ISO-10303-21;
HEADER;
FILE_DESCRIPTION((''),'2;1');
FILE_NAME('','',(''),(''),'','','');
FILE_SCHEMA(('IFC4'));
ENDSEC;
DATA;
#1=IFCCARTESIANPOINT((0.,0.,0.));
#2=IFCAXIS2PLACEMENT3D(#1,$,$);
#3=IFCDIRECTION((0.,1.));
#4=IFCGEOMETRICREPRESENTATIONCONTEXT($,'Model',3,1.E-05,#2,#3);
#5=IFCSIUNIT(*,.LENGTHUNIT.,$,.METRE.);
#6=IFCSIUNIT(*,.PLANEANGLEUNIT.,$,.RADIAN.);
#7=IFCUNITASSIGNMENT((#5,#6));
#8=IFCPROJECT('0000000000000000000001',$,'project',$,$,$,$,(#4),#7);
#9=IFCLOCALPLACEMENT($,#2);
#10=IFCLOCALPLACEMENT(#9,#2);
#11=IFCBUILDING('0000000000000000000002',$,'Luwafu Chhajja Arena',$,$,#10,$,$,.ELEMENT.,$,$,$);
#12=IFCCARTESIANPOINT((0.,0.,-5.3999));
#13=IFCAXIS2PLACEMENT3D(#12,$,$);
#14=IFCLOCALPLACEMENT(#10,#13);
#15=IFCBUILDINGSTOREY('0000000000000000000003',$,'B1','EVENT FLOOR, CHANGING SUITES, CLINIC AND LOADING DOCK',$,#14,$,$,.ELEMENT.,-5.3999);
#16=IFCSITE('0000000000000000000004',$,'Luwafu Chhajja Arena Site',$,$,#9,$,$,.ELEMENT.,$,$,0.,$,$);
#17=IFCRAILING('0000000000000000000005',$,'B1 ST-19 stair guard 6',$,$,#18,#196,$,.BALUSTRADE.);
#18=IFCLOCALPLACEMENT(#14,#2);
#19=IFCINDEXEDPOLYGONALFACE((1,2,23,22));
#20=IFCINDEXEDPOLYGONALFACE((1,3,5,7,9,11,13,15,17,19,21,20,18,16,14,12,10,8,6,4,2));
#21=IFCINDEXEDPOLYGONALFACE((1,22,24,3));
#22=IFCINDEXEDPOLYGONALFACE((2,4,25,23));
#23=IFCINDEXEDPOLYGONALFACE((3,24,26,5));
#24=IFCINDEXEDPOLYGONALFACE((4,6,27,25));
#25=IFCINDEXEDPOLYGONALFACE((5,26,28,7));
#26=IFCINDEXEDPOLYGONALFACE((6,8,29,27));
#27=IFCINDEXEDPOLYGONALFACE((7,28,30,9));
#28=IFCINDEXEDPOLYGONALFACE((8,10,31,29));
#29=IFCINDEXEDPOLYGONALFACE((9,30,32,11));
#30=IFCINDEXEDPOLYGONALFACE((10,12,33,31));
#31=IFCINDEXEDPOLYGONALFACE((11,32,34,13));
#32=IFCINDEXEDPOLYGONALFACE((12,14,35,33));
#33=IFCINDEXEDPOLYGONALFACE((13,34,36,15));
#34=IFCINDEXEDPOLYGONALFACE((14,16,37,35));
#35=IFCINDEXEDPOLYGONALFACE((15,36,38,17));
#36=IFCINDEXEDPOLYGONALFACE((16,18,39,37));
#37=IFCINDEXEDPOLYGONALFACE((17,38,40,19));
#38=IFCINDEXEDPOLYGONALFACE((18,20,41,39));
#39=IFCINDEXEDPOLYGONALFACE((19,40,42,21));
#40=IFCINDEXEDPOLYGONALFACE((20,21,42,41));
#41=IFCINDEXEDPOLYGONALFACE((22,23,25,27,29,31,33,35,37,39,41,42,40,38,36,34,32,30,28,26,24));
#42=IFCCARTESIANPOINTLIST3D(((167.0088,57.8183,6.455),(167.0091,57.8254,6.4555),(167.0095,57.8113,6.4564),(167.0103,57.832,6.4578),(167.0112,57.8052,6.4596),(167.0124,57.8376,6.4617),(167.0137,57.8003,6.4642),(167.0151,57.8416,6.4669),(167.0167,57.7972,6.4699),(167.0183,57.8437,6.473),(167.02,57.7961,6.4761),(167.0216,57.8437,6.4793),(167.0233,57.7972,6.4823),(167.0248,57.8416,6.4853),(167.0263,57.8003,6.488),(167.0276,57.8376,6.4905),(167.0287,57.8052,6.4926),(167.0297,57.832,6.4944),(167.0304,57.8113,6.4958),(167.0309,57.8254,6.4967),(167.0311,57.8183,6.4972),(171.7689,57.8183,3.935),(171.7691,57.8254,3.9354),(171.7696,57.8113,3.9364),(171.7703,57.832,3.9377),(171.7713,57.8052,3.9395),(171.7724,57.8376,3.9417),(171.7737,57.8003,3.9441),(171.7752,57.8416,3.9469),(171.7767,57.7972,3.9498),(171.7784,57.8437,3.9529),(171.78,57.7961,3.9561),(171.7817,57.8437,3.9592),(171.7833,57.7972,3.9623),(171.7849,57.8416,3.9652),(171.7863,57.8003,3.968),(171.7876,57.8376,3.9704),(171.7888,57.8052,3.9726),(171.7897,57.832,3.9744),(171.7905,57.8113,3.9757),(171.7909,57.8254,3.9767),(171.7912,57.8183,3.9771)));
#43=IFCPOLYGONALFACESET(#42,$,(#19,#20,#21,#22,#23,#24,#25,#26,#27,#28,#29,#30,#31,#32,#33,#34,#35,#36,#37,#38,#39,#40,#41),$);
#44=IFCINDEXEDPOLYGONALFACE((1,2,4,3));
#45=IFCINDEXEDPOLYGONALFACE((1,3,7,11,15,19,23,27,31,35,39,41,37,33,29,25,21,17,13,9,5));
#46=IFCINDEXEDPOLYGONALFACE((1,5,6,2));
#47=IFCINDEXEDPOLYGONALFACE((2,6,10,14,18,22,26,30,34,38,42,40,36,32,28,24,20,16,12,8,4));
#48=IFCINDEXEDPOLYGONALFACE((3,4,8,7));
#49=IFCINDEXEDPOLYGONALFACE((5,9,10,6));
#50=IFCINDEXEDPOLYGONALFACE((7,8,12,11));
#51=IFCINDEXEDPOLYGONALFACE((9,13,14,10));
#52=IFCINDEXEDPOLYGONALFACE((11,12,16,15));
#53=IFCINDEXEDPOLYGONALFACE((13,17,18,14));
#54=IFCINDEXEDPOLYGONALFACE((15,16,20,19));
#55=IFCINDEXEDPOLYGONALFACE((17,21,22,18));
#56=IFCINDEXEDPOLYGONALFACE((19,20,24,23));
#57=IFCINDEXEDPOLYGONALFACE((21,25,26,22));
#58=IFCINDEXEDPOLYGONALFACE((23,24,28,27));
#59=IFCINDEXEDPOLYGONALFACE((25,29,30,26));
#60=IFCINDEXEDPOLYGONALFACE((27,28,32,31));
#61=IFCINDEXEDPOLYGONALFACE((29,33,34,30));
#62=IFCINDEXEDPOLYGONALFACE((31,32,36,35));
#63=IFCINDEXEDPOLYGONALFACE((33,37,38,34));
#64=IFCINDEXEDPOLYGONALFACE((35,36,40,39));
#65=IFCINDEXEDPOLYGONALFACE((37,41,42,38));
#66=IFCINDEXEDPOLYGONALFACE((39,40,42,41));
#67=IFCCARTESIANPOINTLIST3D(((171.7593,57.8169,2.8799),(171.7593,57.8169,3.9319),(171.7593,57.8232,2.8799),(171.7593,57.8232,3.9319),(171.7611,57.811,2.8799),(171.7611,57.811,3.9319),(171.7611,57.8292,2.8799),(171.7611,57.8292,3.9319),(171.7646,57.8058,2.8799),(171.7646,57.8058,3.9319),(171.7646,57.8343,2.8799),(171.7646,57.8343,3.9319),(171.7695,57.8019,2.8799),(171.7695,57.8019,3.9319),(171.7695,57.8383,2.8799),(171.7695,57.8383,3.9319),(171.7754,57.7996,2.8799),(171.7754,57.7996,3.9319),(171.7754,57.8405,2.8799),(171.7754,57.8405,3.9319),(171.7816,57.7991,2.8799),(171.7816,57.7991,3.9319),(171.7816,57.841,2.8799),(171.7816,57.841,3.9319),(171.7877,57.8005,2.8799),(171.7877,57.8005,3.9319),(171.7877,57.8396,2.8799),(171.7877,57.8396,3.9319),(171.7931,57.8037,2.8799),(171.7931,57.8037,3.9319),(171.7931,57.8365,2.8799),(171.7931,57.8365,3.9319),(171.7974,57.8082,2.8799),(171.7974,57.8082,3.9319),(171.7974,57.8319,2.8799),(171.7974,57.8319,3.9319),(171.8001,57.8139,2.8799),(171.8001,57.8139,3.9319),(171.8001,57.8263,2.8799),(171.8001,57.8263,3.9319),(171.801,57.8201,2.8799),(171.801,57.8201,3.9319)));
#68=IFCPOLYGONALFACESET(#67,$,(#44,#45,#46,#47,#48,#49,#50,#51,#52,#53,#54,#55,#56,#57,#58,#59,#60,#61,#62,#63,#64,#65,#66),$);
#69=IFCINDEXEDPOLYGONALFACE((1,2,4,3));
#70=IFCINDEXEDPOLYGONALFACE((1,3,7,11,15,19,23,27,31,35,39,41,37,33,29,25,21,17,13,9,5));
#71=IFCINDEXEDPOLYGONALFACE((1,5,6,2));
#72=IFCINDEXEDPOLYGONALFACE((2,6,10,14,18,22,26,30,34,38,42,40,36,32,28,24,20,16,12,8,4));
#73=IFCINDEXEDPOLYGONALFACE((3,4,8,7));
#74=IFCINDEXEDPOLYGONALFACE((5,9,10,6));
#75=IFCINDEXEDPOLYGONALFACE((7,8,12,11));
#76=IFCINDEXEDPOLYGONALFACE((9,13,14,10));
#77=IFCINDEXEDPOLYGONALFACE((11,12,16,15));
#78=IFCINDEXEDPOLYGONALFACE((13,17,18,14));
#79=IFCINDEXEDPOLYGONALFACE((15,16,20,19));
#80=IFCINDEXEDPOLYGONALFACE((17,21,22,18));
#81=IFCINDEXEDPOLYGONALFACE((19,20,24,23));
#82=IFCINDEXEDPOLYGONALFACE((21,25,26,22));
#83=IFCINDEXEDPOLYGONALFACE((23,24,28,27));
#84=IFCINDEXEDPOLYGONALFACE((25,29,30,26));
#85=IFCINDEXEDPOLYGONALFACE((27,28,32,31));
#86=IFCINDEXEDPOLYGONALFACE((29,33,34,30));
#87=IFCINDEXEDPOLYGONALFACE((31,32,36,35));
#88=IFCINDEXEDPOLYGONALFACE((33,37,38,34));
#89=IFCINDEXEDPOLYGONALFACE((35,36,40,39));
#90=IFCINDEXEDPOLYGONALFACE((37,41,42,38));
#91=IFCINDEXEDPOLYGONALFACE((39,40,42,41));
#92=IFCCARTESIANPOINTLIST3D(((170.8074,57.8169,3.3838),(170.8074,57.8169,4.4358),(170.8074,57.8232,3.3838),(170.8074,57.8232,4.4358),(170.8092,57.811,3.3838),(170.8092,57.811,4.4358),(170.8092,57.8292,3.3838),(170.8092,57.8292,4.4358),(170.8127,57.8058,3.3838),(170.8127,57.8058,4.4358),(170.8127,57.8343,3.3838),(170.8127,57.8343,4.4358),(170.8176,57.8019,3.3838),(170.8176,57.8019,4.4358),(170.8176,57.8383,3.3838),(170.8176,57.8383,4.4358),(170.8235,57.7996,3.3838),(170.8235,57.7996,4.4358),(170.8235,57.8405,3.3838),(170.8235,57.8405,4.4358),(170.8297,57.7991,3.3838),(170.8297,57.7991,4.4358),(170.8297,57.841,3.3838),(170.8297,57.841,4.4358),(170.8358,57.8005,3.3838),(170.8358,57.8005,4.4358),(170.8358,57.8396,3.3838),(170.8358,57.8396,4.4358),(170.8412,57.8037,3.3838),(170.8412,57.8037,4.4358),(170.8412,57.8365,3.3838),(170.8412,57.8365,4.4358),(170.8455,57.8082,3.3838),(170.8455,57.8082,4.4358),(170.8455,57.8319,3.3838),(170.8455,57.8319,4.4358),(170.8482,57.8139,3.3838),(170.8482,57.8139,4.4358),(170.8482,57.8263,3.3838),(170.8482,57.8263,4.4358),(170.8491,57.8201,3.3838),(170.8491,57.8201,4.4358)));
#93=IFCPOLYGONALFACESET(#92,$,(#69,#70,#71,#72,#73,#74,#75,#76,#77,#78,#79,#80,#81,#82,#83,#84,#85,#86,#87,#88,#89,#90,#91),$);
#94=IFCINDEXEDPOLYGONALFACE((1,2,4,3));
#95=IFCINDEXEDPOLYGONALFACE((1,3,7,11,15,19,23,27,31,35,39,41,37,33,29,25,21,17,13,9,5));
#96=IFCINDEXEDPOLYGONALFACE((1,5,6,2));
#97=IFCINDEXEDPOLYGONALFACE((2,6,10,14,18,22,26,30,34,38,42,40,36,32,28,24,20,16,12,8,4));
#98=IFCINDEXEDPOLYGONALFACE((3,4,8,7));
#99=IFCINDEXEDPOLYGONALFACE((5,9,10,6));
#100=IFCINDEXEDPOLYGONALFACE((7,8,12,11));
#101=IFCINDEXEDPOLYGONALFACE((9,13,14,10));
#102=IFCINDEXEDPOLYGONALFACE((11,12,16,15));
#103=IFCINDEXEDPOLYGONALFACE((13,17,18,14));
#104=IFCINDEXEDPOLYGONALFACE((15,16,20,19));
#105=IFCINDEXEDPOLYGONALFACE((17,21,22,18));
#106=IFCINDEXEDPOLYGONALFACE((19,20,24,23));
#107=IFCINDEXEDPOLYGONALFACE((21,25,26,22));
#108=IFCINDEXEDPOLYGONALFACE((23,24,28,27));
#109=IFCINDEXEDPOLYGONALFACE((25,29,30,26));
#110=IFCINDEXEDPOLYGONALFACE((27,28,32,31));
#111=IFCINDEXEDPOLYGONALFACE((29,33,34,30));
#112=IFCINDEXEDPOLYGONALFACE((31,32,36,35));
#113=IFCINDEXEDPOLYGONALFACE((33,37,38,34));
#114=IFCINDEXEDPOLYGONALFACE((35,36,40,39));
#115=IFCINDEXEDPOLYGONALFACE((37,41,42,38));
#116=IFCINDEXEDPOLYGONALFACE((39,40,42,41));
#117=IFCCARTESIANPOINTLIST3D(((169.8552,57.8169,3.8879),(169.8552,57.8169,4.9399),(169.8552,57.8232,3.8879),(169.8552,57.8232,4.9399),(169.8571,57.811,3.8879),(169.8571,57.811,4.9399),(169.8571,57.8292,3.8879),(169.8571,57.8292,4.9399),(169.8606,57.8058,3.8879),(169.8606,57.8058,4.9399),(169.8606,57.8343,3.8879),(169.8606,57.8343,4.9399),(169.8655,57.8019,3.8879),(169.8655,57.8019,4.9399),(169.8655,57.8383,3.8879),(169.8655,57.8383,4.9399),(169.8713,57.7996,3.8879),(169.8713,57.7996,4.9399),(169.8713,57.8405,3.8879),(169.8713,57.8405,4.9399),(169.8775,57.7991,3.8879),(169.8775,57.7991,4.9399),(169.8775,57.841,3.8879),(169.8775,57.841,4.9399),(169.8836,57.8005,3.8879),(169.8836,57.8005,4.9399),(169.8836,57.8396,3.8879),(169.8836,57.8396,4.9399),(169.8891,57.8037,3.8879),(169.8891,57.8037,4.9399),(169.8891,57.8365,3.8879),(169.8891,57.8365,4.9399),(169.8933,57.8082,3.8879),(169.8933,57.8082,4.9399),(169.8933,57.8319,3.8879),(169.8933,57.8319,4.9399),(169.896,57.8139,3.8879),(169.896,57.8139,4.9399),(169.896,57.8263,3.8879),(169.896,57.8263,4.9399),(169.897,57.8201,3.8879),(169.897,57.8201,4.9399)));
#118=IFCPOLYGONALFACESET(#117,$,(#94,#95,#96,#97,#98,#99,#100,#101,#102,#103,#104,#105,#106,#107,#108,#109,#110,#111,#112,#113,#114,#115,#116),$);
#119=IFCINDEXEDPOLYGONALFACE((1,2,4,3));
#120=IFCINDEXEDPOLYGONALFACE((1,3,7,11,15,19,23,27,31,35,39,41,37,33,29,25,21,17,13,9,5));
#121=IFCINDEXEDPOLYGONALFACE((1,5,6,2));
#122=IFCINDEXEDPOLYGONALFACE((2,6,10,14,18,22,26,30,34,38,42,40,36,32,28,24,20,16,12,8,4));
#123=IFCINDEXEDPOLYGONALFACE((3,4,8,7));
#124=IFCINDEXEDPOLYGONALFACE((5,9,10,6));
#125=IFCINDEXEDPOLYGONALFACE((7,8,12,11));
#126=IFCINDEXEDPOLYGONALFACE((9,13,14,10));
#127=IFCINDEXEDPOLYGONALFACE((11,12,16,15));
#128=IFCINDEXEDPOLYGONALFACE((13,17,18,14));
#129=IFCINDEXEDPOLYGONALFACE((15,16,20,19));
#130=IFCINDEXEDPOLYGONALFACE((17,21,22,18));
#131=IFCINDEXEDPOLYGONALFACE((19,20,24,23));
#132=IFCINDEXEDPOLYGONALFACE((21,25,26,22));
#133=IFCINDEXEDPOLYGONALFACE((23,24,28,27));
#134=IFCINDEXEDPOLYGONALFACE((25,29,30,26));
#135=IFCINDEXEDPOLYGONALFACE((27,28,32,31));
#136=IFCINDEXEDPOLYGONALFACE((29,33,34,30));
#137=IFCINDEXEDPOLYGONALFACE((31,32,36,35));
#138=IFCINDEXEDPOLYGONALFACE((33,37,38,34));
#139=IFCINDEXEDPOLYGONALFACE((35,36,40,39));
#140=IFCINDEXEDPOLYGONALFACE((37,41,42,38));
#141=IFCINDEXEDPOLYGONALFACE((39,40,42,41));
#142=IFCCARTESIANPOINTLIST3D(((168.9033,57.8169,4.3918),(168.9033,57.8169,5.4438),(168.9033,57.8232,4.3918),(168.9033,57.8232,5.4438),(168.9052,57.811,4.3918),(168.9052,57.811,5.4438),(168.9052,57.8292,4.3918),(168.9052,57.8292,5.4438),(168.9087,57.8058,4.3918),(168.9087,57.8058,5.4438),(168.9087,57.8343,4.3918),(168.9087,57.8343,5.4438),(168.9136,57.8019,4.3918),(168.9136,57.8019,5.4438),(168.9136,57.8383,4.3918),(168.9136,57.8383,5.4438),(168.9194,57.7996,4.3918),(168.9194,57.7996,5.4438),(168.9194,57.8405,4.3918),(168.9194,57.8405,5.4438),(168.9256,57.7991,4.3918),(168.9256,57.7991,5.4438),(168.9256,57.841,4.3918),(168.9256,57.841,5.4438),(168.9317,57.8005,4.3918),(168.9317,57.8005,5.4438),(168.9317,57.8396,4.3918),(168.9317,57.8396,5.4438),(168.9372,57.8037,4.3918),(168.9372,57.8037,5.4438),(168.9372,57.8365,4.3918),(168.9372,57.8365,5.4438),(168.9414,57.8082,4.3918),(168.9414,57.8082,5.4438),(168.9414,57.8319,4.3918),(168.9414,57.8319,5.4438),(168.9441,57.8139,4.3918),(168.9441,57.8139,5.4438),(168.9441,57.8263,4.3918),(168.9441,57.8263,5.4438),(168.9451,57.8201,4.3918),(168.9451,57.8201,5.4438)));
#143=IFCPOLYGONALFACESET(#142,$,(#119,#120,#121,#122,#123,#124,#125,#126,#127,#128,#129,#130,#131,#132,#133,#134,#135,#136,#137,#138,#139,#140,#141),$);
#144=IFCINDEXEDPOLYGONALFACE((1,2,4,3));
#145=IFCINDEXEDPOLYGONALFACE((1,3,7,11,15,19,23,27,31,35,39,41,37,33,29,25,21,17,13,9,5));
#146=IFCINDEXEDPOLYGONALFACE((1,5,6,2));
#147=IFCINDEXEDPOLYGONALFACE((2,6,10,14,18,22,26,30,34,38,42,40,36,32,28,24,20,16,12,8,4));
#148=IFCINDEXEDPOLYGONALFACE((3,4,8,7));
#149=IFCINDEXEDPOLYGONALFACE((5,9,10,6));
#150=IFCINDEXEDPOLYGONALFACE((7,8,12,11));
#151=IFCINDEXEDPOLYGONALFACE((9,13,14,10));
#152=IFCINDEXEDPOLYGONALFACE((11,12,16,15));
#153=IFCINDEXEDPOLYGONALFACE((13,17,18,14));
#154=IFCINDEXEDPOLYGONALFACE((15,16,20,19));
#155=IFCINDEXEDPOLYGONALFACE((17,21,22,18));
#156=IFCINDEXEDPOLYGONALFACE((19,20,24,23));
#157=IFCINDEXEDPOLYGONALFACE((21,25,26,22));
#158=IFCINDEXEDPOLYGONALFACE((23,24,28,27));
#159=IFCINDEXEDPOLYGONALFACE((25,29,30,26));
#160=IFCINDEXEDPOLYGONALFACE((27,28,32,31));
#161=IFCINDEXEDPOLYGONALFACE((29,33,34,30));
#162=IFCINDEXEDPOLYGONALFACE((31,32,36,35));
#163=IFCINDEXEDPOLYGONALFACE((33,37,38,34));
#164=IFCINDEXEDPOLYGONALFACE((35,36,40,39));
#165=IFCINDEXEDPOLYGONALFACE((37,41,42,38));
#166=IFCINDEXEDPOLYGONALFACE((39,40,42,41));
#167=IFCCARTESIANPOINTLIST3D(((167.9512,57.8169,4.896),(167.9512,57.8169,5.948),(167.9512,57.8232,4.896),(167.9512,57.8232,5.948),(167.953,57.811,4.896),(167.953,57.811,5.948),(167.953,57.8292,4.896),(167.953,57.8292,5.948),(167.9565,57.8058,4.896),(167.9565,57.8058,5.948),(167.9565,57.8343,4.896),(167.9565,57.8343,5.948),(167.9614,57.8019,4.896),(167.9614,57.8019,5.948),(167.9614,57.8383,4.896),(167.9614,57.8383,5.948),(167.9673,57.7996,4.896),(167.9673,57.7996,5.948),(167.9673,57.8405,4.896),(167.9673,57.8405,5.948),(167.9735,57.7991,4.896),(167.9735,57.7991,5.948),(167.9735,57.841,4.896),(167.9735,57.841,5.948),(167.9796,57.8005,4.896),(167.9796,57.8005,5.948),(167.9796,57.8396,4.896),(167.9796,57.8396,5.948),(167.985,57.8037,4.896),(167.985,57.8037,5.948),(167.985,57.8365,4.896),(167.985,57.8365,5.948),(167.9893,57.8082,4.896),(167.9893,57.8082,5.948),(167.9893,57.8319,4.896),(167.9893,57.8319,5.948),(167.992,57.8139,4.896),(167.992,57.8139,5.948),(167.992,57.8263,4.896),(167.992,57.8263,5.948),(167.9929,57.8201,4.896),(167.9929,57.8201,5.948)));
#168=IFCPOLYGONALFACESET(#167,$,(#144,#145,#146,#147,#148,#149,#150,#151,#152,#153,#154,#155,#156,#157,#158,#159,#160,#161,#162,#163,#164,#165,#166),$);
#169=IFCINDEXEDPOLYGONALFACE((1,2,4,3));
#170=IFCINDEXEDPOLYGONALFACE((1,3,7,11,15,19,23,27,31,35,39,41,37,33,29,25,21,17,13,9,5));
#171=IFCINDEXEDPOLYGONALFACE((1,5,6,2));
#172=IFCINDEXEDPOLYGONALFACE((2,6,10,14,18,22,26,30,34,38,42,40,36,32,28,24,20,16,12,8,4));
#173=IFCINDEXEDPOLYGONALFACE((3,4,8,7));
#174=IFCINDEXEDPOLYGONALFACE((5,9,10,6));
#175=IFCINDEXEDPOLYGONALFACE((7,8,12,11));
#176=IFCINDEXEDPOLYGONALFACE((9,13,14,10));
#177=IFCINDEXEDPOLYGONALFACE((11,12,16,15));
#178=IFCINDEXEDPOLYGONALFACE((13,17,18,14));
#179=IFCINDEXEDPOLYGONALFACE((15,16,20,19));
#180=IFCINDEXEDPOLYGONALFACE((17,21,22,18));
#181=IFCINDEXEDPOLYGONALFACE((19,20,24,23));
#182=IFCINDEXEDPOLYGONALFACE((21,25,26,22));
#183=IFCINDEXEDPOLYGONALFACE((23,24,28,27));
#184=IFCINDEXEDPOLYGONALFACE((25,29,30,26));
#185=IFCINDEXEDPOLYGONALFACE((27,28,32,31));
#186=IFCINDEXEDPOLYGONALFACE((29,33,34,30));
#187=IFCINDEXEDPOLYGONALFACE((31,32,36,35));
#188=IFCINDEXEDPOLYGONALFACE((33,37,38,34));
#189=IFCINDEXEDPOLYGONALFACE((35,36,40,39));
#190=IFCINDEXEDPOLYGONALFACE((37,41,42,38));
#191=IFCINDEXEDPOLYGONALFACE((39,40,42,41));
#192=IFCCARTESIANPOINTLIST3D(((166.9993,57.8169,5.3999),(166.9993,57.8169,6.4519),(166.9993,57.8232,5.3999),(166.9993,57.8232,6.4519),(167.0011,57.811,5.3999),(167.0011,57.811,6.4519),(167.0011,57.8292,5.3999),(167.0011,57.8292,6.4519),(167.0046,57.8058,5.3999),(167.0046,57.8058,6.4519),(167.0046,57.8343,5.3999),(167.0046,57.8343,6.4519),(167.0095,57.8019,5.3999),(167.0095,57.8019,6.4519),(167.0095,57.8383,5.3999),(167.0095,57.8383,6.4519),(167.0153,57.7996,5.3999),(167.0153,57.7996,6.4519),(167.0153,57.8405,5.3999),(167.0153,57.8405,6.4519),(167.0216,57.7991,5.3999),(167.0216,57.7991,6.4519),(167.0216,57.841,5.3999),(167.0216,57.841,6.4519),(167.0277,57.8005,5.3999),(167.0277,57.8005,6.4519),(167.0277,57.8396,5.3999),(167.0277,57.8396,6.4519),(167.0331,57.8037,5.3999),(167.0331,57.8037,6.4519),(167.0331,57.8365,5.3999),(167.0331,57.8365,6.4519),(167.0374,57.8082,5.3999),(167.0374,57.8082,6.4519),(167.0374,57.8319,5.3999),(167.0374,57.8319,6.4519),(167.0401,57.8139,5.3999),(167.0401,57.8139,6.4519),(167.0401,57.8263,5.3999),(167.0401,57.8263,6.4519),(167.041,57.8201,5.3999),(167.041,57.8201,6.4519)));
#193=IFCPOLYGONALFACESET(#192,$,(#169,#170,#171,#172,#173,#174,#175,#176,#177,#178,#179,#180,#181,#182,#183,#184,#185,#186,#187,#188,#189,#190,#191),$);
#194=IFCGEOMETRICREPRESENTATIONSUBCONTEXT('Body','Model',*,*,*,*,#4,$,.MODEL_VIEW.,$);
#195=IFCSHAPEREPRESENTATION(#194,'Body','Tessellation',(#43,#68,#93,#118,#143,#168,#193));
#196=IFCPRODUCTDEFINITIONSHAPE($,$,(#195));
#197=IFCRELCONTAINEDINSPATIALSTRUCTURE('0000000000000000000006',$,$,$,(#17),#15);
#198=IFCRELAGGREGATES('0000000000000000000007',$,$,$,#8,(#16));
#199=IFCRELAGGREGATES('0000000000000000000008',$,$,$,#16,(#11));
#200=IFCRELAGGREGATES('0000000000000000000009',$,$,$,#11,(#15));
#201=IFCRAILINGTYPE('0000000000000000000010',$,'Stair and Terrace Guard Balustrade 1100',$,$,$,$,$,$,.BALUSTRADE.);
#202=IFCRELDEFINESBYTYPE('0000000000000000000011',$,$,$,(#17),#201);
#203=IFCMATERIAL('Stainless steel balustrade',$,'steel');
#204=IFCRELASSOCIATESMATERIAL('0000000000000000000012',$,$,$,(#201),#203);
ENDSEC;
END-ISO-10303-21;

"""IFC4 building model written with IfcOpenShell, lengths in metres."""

from ifc_helpers import new_model, si_unit, direction, frame, origin, origin_2d, place, context, subcontext, project, spatial, circle, extrude, material, type_object, element, save


model = new_model("IFC4")

# Units and contexts
model_context = context("Model", 3, precision=1e-05, world=origin(), true_north=direction((0.0, 1.0)))
body_context = subcontext(model_context, "Body", "Model", "MODEL_VIEW")
ifc_project = project(units=[si_unit("LENGTHUNIT", "METRE"), si_unit("PLANEANGLEUNIT", "RADIAN")], contexts=[model_context])

# Site, building, storey
site_placement = place(None, origin())
site = spatial("IfcSite", under=ifc_project, at=site_placement, Name="Luwafu Chhajja Arena Site", CompositionType="ELEMENT", RefElevation=0.0)
building_placement = place(site_placement, origin())
building = spatial("IfcBuilding", under=site, at=building_placement, Name="Luwafu Chhajja Arena", CompositionType="ELEMENT")
storey_placement = place(building_placement, frame((0.0, 0.0, -5.3999)))
storey = spatial("IfcBuildingStorey", under=building, at=storey_placement, Name="B1", Description="EVENT FLOOR, CHANGING SUITES, CLINIC AND LOADING DOCK", CompositionType="ELEMENT", Elevation=-5.3999)

# Railing
ifc_material_1 = material(Name="Stainless steel balustrade", Category="steel")
railing_type_1 = type_object("IfcRailingType", Name="Stair and Terrace Guard Balustrade 1100", PredefinedType="BALUSTRADE", material=ifc_material_1)
railing_1_placement = place(storey_placement, frame((171.78, 57.8201, 2.8799)))
element("IfcRailing", 1, at=railing_1_placement, inside=storey, type_object=railing_type_1, Name="B1 ST-19 stair guard 6", PredefinedType="BALUSTRADE", context=body_context, shape_type="SweptSolid", body=[
    extrude(circle(Radius=0.0239, at=origin_2d()), frame((0.0, 0.0, 1.0762), z_axis=(-0.883787, 0.0, 0.46789), x_axis=(0.0, -1.0, 0.0)), (0.0, 0.0, 1.0), 5.386),
    extrude(circle(Radius=0.021, at=origin_2d()), origin(), (0.0, 0.0, 1.0), 1.052),
    extrude(circle(Radius=0.021, at=origin_2d()), frame((-0.9519, 0.0, 0.5039)), (0.0, 0.0, 1.0), 1.052),
    extrude(circle(Radius=0.021, at=origin_2d()), frame((-1.9041, 0.0, 1.0081)), (0.0, 0.0, 1.0), 1.052),
    extrude(circle(Radius=0.021, at=origin_2d()), frame((-2.856, 0.0, 1.512)), (0.0, 0.0, 1.0), 1.052),
    extrude(circle(Radius=0.021, at=origin_2d()), frame((-3.8081, 0.0, 2.0161)), (0.0, 0.0, 1.0), 1.052),
    extrude(circle(Radius=0.021, at=origin_2d()), frame((-4.76, 0.0, 2.52)), (0.0, 0.0, 1.0), 1.052),
])

save(model, "model.ifc")
